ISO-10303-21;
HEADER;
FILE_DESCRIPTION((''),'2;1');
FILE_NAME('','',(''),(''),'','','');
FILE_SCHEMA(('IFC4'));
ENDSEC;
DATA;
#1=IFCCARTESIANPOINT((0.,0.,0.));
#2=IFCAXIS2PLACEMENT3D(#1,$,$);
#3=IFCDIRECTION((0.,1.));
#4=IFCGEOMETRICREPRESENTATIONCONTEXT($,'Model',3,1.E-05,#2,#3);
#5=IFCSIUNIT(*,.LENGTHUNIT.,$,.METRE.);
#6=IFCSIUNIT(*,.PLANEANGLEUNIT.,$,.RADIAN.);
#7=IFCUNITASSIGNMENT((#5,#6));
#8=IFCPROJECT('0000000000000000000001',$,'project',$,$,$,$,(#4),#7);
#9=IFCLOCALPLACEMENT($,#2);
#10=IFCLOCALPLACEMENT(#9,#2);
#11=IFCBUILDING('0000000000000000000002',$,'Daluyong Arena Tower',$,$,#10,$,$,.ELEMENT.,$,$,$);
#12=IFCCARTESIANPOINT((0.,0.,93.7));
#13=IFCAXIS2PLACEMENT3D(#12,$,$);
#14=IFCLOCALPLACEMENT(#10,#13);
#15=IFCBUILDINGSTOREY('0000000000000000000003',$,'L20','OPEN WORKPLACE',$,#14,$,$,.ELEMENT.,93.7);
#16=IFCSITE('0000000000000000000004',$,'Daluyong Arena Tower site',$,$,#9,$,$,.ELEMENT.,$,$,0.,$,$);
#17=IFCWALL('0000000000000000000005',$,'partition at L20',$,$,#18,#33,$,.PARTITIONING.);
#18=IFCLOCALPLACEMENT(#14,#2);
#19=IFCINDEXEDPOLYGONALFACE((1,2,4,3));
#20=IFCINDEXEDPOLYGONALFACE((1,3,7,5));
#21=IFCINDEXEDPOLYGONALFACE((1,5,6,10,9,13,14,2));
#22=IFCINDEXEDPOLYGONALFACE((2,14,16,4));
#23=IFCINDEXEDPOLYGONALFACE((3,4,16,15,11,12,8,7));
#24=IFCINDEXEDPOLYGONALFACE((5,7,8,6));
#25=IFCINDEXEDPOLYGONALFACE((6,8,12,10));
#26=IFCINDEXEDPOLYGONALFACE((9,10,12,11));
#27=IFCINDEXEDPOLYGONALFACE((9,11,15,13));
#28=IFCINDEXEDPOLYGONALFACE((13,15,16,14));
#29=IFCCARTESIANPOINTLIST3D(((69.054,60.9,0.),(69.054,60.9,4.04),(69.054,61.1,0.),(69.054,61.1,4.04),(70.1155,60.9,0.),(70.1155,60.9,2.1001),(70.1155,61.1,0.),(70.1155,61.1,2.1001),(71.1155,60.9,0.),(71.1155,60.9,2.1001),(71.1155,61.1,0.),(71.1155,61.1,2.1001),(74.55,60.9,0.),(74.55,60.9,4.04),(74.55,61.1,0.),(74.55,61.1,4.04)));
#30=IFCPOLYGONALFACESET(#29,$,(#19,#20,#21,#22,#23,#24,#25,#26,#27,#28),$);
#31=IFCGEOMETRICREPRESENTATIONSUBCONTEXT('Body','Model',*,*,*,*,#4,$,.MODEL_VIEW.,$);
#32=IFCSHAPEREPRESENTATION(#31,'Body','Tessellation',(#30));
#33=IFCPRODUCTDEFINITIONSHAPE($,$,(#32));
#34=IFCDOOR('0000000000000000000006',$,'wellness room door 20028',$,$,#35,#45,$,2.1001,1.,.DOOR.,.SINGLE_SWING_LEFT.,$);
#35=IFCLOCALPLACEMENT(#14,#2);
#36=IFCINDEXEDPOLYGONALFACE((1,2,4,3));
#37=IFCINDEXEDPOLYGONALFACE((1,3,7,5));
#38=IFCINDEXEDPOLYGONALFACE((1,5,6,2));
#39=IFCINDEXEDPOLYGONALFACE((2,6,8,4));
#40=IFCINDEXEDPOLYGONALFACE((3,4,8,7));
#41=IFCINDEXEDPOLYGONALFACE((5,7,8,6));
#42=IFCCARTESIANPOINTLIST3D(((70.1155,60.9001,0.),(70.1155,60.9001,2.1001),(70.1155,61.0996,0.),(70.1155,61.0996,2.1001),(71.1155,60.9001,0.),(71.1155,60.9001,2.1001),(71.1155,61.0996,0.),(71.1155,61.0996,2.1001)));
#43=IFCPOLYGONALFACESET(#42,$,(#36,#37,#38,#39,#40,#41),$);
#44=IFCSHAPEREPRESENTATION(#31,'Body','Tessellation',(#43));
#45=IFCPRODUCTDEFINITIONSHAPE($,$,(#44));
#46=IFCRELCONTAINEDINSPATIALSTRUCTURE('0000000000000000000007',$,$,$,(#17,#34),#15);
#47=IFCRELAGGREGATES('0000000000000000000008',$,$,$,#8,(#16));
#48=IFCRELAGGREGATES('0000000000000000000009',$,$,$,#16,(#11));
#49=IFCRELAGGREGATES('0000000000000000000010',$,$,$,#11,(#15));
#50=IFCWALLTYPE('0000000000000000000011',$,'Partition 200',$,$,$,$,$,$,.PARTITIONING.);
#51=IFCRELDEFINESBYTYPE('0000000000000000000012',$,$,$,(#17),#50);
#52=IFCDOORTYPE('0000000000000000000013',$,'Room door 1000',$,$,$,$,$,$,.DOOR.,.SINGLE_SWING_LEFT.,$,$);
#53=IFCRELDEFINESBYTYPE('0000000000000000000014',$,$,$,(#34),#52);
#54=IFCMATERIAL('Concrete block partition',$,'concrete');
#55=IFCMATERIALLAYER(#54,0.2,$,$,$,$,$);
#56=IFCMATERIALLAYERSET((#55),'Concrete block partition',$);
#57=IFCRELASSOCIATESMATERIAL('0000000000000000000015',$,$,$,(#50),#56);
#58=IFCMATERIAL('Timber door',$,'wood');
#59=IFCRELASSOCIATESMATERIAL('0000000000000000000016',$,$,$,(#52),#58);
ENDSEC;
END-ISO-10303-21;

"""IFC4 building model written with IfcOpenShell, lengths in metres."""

from ifc_helpers import new_model, si_unit, direction, frame, frame_2d, origin, place, context, subcontext, project, spatial, rectangle, extrude, material, layer, layer_set, type_object, element, fill, save


model = new_model("IFC4")

# Units and contexts
model_context = context("Model", 3, precision=1e-05, world=origin(), true_north=direction((0.0, 1.0)))
body_context = subcontext(model_context, "Body", "Model", "MODEL_VIEW")
ifc_project = project(units=[si_unit("LENGTHUNIT", "METRE"), si_unit("PLANEANGLEUNIT", "RADIAN")], contexts=[model_context])

# Site, building, storey
site_placement = place(None, origin())
site = spatial("IfcSite", under=ifc_project, at=site_placement, Name="Daluyong Arena Tower site", CompositionType="ELEMENT", RefElevation=0.0)
building_placement = place(site_placement, origin())
building = spatial("IfcBuilding", under=site, at=building_placement, Name="Daluyong Arena Tower", CompositionType="ELEMENT")
storey_placement = place(building_placement, frame((0.0, 0.0, 93.7)))
storey = spatial("IfcBuildingStorey", under=building, at=storey_placement, Name="L20", Description="OPEN WORKPLACE", CompositionType="ELEMENT", Elevation=93.7)

# Shared definitions
ifc_material_1 = material(Name="Concrete block partition", Category="concrete")
ifc_layer_1 = layer(ifc_material_1, 0.2)
ifc_layer_set_1 = layer_set([ifc_layer_1], Name="Concrete block partition")
wall_type_1 = type_object("IfcWallType", Name="Partition 200", PredefinedType="PARTITIONING", material=ifc_layer_set_1)

# Wall, opening, door
wall_1_placement = place(storey_placement, frame((69.054, 61.0, 0.0), z_axis=(0.0, 0.0, 1.0), x_axis=(1.0, 0.0, 0.0)))
wall_1 = element("IfcWall", 1, at=wall_1_placement, inside=storey, type_object=wall_type_1, Name="partition at L20", PredefinedType="PARTITIONING", context=body_context, shape_type="SweptSolid", body=[
    extrude(rectangle(XDim=5.4961, YDim=0.2, at=frame_2d((2.748, 0.0))), origin(), (0.0, 0.0, 1.0), 4.04),
])
opening_1_placement = place(wall_1_placement, frame((1.0615, 0.0, 0.0)))
opening_1 = element("IfcOpeningElement", 2, at=opening_1_placement, cuts=wall_1, PredefinedType="OPENING", context=body_context, shape_type="SweptSolid", body=[
    extrude(rectangle(XDim=1.0, YDim=2.1001, at=frame_2d((0.5, 1.05))), frame((0.0, 0.1099, 0.0), z_axis=(0.0, -1.0, 0.0), x_axis=(1.0, 0.0, 0.0)), (0.0, 0.0, 1.0), 0.22),
])
ifc_material_2 = material(Name="Timber door", Category="wood")
door_type_1 = type_object("IfcDoorType", Name="Room door 1000", OperationType="SINGLE_SWING_LEFT", PredefinedType="DOOR", material=ifc_material_2)
door_1_placement = place(opening_1_placement, origin())
door_1 = element("IfcDoor", 3, at=door_1_placement, inside=storey, type_object=door_type_1, Name="wellness room door 20028", OperationType="SINGLE_SWING_LEFT", OverallHeight=2.1001, OverallWidth=1.0, PredefinedType="DOOR", context=body_context, shape_type="SweptSolid", body=[
    extrude(rectangle(XDim=1.0, YDim=2.1001, at=frame_2d((0.5, 1.05))), frame((0.0, 0.0996, 0.0), z_axis=(0.0, -1.0, 0.0), x_axis=(1.0, 0.0, 0.0)), (0.0, 0.0, 1.0), 0.1995),
])
fill(opening_1, door_1)

save(model, "model.ifc")
